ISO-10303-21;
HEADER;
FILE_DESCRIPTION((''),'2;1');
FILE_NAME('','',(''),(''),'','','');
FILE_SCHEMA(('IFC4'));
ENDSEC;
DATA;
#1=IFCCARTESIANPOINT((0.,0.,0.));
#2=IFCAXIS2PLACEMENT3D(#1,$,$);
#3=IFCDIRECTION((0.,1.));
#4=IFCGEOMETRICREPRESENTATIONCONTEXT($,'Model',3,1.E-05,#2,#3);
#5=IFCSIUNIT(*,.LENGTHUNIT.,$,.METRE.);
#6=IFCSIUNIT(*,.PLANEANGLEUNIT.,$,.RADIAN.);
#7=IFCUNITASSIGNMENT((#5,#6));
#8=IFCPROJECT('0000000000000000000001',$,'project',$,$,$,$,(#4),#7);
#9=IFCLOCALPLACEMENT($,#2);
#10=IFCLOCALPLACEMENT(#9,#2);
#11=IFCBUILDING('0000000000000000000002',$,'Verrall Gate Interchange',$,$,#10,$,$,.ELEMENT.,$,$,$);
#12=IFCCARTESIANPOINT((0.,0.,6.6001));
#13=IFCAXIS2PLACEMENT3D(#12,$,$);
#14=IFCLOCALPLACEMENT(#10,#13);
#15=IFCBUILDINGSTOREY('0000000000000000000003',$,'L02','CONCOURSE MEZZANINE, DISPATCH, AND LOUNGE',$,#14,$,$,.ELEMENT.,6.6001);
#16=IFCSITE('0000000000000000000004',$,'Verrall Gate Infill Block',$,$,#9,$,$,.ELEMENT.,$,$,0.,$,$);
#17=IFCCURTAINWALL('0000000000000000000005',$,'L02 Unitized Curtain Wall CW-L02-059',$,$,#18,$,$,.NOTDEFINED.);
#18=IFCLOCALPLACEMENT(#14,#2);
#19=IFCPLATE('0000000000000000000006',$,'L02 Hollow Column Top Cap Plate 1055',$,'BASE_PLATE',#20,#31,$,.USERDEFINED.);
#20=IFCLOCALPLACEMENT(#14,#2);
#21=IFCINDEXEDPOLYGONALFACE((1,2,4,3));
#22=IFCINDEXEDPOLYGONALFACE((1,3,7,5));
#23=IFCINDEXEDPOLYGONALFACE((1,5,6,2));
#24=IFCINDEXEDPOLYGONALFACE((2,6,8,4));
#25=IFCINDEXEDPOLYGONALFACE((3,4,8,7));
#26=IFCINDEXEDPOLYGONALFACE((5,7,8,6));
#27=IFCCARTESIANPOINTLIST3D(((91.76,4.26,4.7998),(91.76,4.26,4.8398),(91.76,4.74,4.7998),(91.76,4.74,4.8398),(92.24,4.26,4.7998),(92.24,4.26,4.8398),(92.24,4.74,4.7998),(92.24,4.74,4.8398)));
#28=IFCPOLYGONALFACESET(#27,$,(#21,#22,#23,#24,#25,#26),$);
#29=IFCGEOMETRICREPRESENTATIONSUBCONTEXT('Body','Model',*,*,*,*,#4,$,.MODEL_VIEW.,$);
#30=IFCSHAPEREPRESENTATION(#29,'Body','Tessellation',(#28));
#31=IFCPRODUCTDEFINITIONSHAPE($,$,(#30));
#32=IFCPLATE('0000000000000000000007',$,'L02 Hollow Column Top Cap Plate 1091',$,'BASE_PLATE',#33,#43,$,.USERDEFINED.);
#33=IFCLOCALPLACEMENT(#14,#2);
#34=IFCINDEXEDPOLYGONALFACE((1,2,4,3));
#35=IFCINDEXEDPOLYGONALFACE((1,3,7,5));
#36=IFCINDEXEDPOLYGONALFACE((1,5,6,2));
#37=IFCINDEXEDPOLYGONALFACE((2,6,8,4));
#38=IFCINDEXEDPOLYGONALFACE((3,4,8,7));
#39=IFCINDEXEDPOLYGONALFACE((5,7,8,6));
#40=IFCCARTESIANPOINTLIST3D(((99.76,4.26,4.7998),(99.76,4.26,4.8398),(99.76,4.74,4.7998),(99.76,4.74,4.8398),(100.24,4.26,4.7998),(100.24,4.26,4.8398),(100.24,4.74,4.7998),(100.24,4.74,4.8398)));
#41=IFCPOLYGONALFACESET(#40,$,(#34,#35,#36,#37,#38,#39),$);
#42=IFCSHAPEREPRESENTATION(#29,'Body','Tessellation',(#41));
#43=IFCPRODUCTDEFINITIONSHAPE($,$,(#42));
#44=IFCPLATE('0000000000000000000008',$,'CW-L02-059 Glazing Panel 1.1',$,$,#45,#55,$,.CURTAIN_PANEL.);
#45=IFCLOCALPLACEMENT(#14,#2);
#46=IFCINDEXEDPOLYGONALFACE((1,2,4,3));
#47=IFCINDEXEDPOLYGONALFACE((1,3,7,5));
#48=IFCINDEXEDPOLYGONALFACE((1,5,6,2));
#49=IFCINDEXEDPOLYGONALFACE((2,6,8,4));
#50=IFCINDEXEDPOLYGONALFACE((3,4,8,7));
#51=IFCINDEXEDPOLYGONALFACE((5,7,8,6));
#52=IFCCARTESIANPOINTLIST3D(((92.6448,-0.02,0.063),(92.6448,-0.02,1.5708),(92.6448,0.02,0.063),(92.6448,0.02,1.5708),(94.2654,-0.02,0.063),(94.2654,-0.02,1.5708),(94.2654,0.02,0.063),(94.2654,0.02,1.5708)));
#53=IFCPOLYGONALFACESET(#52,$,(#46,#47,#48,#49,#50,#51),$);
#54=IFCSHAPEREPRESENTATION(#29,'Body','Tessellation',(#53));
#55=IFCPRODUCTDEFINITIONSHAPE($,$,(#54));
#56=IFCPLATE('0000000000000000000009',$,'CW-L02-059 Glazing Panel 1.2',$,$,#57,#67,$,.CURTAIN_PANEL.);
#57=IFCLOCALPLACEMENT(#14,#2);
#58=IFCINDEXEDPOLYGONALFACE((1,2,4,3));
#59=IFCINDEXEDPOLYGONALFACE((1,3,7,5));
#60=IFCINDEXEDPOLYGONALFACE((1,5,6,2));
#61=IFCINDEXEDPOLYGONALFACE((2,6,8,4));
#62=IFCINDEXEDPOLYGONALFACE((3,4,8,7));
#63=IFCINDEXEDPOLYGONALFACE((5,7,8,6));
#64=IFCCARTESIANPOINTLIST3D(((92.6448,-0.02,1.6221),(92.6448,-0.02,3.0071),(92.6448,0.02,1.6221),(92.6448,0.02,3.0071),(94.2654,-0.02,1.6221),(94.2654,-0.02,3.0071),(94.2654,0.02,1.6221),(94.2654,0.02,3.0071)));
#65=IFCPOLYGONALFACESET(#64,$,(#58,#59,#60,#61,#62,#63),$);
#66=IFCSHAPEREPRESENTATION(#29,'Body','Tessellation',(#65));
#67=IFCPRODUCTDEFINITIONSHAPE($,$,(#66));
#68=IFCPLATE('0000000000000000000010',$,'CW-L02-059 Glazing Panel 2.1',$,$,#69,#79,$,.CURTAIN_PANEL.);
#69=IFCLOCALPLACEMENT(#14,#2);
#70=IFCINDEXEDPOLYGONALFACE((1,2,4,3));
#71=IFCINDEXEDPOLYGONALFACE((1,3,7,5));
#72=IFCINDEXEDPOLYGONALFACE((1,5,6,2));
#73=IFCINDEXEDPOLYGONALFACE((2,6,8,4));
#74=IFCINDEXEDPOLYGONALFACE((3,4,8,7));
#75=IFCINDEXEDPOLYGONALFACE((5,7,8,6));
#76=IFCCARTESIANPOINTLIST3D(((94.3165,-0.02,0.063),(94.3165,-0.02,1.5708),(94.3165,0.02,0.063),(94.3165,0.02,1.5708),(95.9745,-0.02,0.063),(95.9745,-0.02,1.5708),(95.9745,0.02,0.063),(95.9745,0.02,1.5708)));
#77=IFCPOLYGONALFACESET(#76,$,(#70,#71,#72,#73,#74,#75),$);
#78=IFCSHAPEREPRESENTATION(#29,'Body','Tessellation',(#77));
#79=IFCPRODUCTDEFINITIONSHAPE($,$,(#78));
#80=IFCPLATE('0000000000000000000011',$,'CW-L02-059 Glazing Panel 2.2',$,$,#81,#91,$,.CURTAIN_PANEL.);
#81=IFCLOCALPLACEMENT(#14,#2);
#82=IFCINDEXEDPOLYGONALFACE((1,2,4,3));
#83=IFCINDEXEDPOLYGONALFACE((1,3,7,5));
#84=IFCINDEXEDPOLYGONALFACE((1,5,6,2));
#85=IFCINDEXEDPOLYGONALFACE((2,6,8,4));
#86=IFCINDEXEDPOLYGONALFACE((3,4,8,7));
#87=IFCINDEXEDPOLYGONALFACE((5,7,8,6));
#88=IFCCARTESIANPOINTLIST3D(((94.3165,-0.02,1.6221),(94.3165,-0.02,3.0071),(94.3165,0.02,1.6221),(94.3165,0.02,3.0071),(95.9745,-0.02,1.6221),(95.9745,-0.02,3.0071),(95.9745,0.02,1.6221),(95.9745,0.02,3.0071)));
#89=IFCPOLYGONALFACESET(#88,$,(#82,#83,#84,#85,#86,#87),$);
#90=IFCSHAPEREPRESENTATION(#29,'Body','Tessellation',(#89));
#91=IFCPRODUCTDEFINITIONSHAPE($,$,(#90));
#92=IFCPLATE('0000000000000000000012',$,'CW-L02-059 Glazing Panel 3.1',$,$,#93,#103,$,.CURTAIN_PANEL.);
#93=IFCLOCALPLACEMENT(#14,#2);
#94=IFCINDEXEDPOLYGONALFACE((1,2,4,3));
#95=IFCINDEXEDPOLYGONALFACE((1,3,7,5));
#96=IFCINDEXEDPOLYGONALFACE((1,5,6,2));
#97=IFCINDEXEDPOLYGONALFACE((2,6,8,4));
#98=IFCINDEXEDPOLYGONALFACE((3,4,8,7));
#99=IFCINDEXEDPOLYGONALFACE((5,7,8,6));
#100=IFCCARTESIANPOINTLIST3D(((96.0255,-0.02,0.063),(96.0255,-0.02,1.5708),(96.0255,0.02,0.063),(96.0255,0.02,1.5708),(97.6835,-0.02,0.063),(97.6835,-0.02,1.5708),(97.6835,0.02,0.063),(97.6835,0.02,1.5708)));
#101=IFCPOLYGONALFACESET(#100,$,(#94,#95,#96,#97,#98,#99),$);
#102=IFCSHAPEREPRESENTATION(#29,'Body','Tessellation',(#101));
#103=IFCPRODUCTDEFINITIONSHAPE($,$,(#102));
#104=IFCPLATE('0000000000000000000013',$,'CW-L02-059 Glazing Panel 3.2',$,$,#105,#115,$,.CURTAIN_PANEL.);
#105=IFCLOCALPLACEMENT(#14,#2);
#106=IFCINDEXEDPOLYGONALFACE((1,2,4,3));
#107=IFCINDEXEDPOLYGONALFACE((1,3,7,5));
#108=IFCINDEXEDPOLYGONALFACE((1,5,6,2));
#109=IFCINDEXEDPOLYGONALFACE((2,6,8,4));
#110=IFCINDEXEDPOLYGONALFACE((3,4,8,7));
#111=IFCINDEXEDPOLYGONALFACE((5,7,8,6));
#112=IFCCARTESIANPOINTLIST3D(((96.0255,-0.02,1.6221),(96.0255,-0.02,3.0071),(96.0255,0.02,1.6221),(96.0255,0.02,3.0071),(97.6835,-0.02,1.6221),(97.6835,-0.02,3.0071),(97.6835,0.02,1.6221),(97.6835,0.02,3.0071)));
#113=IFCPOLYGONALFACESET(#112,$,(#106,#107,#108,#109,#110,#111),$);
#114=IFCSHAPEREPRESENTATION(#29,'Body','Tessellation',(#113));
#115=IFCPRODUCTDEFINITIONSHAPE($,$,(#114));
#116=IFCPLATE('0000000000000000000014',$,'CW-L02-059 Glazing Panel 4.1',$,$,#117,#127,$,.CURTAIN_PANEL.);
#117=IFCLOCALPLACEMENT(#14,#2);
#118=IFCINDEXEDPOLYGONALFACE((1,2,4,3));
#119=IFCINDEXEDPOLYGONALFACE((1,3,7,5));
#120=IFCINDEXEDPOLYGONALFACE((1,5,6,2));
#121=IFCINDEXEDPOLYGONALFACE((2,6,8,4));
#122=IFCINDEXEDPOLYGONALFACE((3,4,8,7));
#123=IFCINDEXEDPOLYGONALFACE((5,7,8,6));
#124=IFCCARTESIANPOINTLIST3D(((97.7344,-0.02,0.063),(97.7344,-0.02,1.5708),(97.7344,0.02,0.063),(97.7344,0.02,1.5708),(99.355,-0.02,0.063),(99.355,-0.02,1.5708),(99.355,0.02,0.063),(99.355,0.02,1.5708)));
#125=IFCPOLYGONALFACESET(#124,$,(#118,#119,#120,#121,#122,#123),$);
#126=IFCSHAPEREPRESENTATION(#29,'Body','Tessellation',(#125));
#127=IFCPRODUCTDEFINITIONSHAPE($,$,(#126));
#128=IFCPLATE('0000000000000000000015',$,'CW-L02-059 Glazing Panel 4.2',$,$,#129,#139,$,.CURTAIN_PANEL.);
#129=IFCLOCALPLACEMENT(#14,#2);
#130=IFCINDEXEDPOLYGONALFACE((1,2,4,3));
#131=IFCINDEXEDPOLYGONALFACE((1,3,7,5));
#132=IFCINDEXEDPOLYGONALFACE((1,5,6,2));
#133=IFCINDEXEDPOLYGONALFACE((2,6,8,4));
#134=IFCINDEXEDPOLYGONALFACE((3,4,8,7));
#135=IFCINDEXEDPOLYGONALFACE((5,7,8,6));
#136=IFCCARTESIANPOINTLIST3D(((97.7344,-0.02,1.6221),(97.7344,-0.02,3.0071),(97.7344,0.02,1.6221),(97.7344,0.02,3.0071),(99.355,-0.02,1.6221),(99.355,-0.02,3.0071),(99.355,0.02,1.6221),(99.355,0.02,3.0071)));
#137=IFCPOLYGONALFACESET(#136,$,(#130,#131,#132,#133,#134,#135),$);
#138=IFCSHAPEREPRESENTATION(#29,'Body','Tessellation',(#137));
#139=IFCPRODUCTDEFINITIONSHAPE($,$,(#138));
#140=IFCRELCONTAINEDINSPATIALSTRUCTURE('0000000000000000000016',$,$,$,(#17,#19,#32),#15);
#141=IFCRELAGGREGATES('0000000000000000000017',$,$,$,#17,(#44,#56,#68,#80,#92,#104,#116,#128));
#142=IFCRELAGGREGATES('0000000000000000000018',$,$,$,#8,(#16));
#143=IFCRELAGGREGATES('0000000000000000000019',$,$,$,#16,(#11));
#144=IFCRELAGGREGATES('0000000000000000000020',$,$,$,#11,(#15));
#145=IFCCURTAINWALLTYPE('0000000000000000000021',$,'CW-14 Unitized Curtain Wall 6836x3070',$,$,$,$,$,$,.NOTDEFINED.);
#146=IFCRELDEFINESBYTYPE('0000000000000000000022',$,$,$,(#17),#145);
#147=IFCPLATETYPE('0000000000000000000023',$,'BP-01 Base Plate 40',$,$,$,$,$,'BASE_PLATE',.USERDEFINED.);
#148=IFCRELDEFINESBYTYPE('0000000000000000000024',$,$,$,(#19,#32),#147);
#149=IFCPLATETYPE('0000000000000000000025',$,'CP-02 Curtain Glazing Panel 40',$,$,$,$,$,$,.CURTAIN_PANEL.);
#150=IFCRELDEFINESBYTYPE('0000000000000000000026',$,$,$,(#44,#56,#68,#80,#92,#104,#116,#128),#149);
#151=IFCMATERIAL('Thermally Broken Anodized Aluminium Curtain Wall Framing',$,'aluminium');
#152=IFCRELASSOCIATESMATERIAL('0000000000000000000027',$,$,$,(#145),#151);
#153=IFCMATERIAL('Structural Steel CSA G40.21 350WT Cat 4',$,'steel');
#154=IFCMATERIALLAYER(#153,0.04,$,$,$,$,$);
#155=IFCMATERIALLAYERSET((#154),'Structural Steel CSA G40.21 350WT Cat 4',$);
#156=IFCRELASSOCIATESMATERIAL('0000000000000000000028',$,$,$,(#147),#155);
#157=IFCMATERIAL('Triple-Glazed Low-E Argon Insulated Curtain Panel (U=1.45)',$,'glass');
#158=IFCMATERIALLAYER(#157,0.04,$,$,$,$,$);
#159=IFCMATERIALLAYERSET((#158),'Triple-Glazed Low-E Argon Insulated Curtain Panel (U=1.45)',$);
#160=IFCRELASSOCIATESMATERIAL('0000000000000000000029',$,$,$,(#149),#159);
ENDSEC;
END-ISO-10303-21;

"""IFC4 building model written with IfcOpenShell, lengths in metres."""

from ifc_helpers import new_model, si_unit, direction, frame, origin, origin_2d, place, context, subcontext, project, spatial, rectangle, extrude, material, layer, layer_set, type_object, element, aggregate, save


model = new_model("IFC4")

# Units and contexts
model_context = context("Model", 3, precision=1e-05, world=origin(), true_north=direction((0.0, 1.0)))
body_context = subcontext(model_context, "Body", "Model", "MODEL_VIEW")
ifc_project = project(units=[si_unit("LENGTHUNIT", "METRE"), si_unit("PLANEANGLEUNIT", "RADIAN")], contexts=[model_context])

# Site, building, storey
site_placement = place(None, origin())
site = spatial("IfcSite", under=ifc_project, at=site_placement, Name="Verrall Gate Infill Block", CompositionType="ELEMENT", RefElevation=0.0)
building_placement = place(site_placement, origin())
building = spatial("IfcBuilding", under=site, at=building_placement, Name="Verrall Gate Interchange", CompositionType="ELEMENT")
storey_placement = place(building_placement, frame((0.0, 0.0, 6.6001)))
storey = spatial("IfcBuildingStorey", under=building, at=storey_placement, Name="L02", Description="CONCOURSE MEZZANINE, DISPATCH, AND LOUNGE", CompositionType="ELEMENT", Elevation=6.6001)

# Shared definitions
ifc_material_1 = material(Name="Thermally Broken Anodized Aluminium Curtain Wall Framing", Category="aluminium")
curtain_wall_type = type_object("IfcCurtainWallType", Name="CW-14 Unitized Curtain Wall 6836x3070", PredefinedType="NOTDEFINED", material=ifc_material_1)

# Curtain wall
curtain_wall_1_placement = place(storey_placement, origin())
curtain_wall_1 = element("IfcCurtainWall", 1, at=curtain_wall_1_placement, inside=storey, type_object=curtain_wall_type, Name="L02 Unitized Curtain Wall CW-L02-059", PredefinedType="NOTDEFINED")

# Plates
ifc_material_2 = material(Name="Structural Steel CSA G40.21 350WT Cat 4", Category="steel")
ifc_layer_1 = layer(ifc_material_2, 0.04)
ifc_layer_set_1 = layer_set([ifc_layer_1], Name="Structural Steel CSA G40.21 350WT Cat 4")
plate_type_1 = type_object("IfcPlateType", Name="BP-01 Base Plate 40", ElementType="BASE_PLATE", PredefinedType="USERDEFINED", material=ifc_layer_set_1)
for number, where, z_axis, x_axis, name in (
    (2, (92.0, 4.5, 4.7998), (0.0, 0.0, 1.0), (1.0, 0.0, 0.0), "L02 Hollow Column Top Cap Plate 1055"),
    (3, (100.0, 4.5, 4.7998), (0.0, 0.0, 1.0), (1.0, 0.0, 0.0), "L02 Hollow Column Top Cap Plate 1091"),
):
    element("IfcPlate", number, at=place(storey_placement, frame(where, z_axis=z_axis, x_axis=x_axis)), inside=storey, type_object=plate_type_1, Name=name, ObjectType="BASE_PLATE", PredefinedType="USERDEFINED", context=body_context, shape_type="SweptSolid", body=[
        extrude(rectangle(XDim=0.48, YDim=0.48, at=origin_2d()), origin(), (0.0, 0.0, 1.0), 0.04),
    ])

# Plates
ifc_material_3 = material(Name="Triple-Glazed Low-E Argon Insulated Curtain Panel (U=1.45)", Category="glass")
ifc_layer_2 = layer(ifc_material_3, 0.04)
ifc_layer_set_2 = layer_set([ifc_layer_2], Name="Triple-Glazed Low-E Argon Insulated Curtain Panel (U=1.45)")
plate_type_2 = type_object("IfcPlateType", Name="CP-02 Curtain Glazing Panel 40", PredefinedType="CURTAIN_PANEL", material=ifc_layer_set_2)
plate_1_placement = place(storey_placement, frame((93.4551, 0.0, 0.063), z_axis=(0.0, 0.0, 1.0), x_axis=(1.0, 0.0, 0.0)))
plate_1 = element("IfcPlate", 4, at=plate_1_placement, type_object=plate_type_2, Name="CW-L02-059 Glazing Panel 1.1", PredefinedType="CURTAIN_PANEL", context=body_context, shape_type="SweptSolid", body=[
    extrude(rectangle(XDim=1.6206, YDim=0.04, at=origin_2d()), origin(), (0.0, 0.0, 1.0), 1.5078),
])
plate_2_placement = place(storey_placement, frame((93.4551, 0.0, 1.6221), z_axis=(0.0, 0.0, 1.0), x_axis=(1.0, 0.0, 0.0)))
plate_2 = element("IfcPlate", 5, at=plate_2_placement, type_object=plate_type_2, Name="CW-L02-059 Glazing Panel 1.2", PredefinedType="CURTAIN_PANEL", context=body_context, shape_type="SweptSolid", body=[
    extrude(rectangle(XDim=1.6206, YDim=0.04, at=origin_2d()), origin(), (0.0, 0.0, 1.0), 1.385),
])
plate_3_placement = place(storey_placement, frame((95.1455, 0.0, 0.063), z_axis=(0.0, 0.0, 1.0), x_axis=(1.0, 0.0, 0.0)))
plate_3 = element("IfcPlate", 6, at=plate_3_placement, type_object=plate_type_2, Name="CW-L02-059 Glazing Panel 2.1", PredefinedType="CURTAIN_PANEL", context=body_context, shape_type="SweptSolid", body=[
    extrude(rectangle(XDim=1.658, YDim=0.04, at=origin_2d()), origin(), (0.0, 0.0, 1.0), 1.5078),
])
plate_4_placement = place(storey_placement, frame((95.1455, 0.0, 1.6221), z_axis=(0.0, 0.0, 1.0), x_axis=(1.0, 0.0, 0.0)))
plate_4 = element("IfcPlate", 7, at=plate_4_placement, type_object=plate_type_2, Name="CW-L02-059 Glazing Panel 2.2", PredefinedType="CURTAIN_PANEL", context=body_context, shape_type="SweptSolid", body=[
    extrude(rectangle(XDim=1.658, YDim=0.04, at=origin_2d()), origin(), (0.0, 0.0, 1.0), 1.385),
])
plate_5_placement = place(storey_placement, frame((96.8545, 0.0, 0.063), z_axis=(0.0, 0.0, 1.0), x_axis=(1.0, 0.0, 0.0)))
plate_5 = element("IfcPlate", 8, at=plate_5_placement, type_object=plate_type_2, Name="CW-L02-059 Glazing Panel 3.1", PredefinedType="CURTAIN_PANEL", context=body_context, shape_type="SweptSolid", body=[
    extrude(rectangle(XDim=1.658, YDim=0.04, at=origin_2d()), origin(), (0.0, 0.0, 1.0), 1.5078),
])
plate_6_placement = place(storey_placement, frame((96.8545, 0.0, 1.6221), z_axis=(0.0, 0.0, 1.0), x_axis=(1.0, 0.0, 0.0)))
plate_6 = element("IfcPlate", 9, at=plate_6_placement, type_object=plate_type_2, Name="CW-L02-059 Glazing Panel 3.2", PredefinedType="CURTAIN_PANEL", context=body_context, shape_type="SweptSolid", body=[
    extrude(rectangle(XDim=1.658, YDim=0.04, at=origin_2d()), origin(), (0.0, 0.0, 1.0), 1.385),
])
plate_7_placement = place(storey_placement, frame((98.5447, 0.0, 0.063), z_axis=(0.0, 0.0, 1.0), x_axis=(1.0, 0.0, 0.0)))
plate_7 = element("IfcPlate", 10, at=plate_7_placement, type_object=plate_type_2, Name="CW-L02-059 Glazing Panel 4.1", PredefinedType="CURTAIN_PANEL", context=body_context, shape_type="SweptSolid", body=[
    extrude(rectangle(XDim=1.6206, YDim=0.04, at=origin_2d()), origin(), (0.0, 0.0, 1.0), 1.5078),
])
plate_8_placement = place(storey_placement, frame((98.5447, 0.0, 1.6221), z_axis=(0.0, 0.0, 1.0), x_axis=(1.0, 0.0, 0.0)))
plate_8 = element("IfcPlate", 11, at=plate_8_placement, type_object=plate_type_2, Name="CW-L02-059 Glazing Panel 4.2", PredefinedType="CURTAIN_PANEL", context=body_context, shape_type="SweptSolid", body=[
    extrude(rectangle(XDim=1.6206, YDim=0.04, at=origin_2d()), origin(), (0.0, 0.0, 1.0), 1.385),
])
aggregate(curtain_wall_1, [plate_1, plate_2, plate_3, plate_4, plate_5, plate_6, plate_7, plate_8])

save(model, "model.ifc")
